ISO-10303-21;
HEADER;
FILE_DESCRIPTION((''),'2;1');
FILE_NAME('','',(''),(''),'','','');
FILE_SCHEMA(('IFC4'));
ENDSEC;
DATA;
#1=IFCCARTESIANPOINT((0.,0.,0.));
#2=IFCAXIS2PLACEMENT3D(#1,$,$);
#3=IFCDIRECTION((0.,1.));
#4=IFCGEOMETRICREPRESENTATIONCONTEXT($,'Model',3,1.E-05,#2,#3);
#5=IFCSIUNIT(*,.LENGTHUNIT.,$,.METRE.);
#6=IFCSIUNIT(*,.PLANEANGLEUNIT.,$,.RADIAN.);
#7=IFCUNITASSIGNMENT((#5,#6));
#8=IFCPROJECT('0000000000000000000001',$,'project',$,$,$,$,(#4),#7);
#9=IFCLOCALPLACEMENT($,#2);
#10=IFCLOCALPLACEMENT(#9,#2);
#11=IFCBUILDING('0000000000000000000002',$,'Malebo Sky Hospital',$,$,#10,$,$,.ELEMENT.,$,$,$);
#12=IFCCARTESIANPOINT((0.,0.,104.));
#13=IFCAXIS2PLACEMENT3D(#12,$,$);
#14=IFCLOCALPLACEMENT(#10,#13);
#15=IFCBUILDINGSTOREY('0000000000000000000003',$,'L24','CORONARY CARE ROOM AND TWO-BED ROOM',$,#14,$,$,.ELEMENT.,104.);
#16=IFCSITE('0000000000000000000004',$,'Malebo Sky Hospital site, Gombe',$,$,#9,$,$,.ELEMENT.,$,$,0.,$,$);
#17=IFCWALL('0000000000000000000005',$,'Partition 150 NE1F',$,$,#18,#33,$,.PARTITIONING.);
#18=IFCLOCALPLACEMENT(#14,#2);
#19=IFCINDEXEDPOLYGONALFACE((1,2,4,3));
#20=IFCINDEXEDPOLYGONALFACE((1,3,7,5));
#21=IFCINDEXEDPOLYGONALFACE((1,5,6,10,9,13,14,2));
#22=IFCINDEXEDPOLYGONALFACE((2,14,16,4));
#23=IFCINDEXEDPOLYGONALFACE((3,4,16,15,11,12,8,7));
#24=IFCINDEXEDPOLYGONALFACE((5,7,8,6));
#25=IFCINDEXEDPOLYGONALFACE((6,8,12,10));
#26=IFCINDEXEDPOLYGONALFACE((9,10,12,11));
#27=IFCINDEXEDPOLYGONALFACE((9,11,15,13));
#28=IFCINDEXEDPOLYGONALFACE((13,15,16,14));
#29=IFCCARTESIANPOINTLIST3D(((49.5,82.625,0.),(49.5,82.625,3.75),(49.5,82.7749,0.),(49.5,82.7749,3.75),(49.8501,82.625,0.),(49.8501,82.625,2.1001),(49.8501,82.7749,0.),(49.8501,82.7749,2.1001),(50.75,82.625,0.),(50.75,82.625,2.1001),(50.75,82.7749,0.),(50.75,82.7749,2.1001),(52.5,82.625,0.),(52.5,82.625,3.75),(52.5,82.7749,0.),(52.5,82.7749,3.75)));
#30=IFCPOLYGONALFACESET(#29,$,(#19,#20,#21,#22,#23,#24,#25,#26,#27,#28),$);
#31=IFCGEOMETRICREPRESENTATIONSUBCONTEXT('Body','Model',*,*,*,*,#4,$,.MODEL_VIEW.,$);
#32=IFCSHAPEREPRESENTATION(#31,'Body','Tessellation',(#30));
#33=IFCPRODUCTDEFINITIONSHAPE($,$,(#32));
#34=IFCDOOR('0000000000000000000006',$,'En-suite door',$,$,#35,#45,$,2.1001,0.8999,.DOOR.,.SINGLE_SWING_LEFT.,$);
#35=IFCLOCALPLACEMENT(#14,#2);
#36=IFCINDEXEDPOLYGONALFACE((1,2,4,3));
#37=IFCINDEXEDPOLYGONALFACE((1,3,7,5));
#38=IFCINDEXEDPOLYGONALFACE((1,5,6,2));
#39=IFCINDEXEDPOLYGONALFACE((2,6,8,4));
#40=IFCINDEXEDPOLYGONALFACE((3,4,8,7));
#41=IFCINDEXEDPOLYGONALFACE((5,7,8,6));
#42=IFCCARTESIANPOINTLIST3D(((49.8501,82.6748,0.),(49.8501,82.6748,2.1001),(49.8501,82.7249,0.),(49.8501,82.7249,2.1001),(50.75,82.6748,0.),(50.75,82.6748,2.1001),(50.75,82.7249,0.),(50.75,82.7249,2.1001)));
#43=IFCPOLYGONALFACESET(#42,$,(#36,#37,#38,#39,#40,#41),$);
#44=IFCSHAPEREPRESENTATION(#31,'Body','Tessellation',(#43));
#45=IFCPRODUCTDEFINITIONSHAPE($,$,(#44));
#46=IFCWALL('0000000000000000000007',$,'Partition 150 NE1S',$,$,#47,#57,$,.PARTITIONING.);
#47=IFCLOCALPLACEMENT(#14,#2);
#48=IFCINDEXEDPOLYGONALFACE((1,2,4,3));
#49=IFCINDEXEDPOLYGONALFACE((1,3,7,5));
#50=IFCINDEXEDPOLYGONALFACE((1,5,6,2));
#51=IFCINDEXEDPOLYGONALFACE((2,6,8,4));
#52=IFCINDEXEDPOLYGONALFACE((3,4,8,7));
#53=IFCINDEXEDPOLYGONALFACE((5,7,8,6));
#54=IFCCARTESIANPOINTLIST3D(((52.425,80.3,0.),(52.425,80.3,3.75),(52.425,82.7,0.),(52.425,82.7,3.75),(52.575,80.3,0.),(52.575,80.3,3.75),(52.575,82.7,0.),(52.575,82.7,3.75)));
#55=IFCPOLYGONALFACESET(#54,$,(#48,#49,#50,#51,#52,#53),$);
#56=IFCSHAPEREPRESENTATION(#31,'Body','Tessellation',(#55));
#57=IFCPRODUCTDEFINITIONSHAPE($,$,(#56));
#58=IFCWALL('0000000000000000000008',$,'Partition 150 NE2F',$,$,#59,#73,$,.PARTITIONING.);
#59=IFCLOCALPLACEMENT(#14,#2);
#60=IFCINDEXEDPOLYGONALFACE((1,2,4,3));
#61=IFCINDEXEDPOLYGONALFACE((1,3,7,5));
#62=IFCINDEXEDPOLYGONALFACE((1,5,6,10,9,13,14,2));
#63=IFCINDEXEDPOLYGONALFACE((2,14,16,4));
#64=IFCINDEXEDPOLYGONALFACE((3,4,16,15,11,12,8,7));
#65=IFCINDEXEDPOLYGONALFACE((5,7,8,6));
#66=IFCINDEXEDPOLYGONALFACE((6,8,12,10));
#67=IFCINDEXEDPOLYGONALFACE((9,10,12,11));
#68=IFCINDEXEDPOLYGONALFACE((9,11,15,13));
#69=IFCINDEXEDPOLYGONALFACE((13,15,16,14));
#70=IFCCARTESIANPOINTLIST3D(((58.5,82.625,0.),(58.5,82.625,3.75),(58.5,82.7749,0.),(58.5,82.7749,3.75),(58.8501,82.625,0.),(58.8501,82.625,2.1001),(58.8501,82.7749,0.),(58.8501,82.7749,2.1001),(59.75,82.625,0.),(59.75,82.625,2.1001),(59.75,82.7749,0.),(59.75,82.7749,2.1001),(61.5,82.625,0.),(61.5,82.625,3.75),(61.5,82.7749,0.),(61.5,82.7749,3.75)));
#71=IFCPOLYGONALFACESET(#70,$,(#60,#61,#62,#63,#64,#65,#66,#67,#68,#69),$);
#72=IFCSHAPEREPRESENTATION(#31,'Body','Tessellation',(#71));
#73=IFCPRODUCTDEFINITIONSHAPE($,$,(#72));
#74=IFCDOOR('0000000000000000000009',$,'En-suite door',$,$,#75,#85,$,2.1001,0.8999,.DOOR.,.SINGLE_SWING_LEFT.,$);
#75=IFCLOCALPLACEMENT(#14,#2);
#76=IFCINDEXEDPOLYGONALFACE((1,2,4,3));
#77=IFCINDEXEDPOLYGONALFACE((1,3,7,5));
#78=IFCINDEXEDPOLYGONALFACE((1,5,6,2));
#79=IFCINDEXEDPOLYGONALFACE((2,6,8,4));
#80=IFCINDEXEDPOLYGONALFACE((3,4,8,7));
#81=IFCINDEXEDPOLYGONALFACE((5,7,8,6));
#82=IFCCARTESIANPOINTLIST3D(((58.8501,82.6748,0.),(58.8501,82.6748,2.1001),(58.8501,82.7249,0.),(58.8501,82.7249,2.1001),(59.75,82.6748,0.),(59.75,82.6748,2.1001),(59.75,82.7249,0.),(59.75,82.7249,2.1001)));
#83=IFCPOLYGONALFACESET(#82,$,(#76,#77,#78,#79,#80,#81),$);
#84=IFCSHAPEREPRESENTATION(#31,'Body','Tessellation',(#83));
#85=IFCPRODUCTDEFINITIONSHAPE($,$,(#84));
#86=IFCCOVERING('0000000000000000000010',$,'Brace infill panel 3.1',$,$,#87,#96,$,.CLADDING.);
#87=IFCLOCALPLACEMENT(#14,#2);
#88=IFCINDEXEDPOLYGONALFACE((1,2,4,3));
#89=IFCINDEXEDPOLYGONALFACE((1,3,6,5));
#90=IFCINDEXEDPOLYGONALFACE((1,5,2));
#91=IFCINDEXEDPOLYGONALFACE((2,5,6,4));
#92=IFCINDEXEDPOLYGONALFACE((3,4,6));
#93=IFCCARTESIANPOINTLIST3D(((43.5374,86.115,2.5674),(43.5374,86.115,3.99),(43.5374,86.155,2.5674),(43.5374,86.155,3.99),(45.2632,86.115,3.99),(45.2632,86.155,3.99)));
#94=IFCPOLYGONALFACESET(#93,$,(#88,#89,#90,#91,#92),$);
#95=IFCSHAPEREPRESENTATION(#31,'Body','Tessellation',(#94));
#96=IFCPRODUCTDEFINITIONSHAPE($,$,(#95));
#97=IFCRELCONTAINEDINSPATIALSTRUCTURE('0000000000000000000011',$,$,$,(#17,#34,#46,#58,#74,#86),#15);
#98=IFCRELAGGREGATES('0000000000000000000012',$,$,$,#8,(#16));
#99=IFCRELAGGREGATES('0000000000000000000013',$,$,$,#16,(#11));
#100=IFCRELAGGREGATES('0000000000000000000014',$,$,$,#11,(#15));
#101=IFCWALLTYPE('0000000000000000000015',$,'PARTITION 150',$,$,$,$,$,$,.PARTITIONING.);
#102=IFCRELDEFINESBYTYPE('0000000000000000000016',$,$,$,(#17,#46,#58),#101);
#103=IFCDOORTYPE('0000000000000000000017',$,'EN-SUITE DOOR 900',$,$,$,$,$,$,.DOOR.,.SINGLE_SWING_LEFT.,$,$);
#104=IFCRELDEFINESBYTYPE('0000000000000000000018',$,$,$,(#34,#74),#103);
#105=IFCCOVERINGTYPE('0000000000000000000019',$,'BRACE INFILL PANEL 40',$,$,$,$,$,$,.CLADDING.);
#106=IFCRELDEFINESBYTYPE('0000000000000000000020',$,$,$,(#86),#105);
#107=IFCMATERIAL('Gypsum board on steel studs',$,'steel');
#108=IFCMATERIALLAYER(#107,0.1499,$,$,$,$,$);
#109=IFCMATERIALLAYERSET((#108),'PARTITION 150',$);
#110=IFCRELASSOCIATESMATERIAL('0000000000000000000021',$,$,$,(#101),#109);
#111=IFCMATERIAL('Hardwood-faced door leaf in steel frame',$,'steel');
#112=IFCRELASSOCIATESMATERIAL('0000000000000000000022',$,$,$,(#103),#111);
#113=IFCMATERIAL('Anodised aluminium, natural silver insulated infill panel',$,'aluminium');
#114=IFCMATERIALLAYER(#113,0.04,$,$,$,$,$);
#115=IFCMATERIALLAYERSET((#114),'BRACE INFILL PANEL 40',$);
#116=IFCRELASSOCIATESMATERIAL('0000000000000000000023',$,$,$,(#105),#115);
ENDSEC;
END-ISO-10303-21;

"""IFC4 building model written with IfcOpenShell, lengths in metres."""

from ifc_helpers import new_model, si_unit, direction, frame, frame_2d, origin, place, context, subcontext, project, spatial, polyline, rectangle, outline, extrude, material, layer, layer_set, type_object, element, fill, save


model = new_model("IFC4")

# Units and contexts
model_context = context("Model", 3, precision=1e-05, world=origin(), true_north=direction((0.0, 1.0)))
body_context = subcontext(model_context, "Body", "Model", "MODEL_VIEW")
ifc_project = project(units=[si_unit("LENGTHUNIT", "METRE"), si_unit("PLANEANGLEUNIT", "RADIAN")], contexts=[model_context])

# Site, building, storey
site_placement = place(None, origin())
site = spatial("IfcSite", under=ifc_project, at=site_placement, Name="Malebo Sky Hospital site, Gombe", CompositionType="ELEMENT", RefElevation=0.0)
building_placement = place(site_placement, origin())
building = spatial("IfcBuilding", under=site, at=building_placement, Name="Malebo Sky Hospital", CompositionType="ELEMENT")
storey_placement = place(building_placement, frame((0.0, 0.0, 104.0)))
storey = spatial("IfcBuildingStorey", under=building, at=storey_placement, Name="L24", Description="CORONARY CARE ROOM AND TWO-BED ROOM", CompositionType="ELEMENT", Elevation=104.0)

# Shared definitions
ifc_material_1 = material(Name="Gypsum board on steel studs", Category="steel")
ifc_layer_1 = layer(ifc_material_1, 0.1499)
ifc_layer_set_1 = layer_set([ifc_layer_1], Name="PARTITION 150")
wall_type = type_object("IfcWallType", Name="PARTITION 150", PredefinedType="PARTITIONING", material=ifc_layer_set_1)

# Wall, opening, door
wall_1_placement = place(storey_placement, frame((49.5, 82.7, 0.0), z_axis=(0.0, 0.0, 1.0), x_axis=(1.0, 0.0, 0.0)))
wall_1 = element("IfcWall", 1, at=wall_1_placement, inside=storey, type_object=wall_type, Name="Partition 150 NE1F", PredefinedType="PARTITIONING", context=body_context, shape_type="SweptSolid", body=[
    extrude(rectangle(XDim=3.0, YDim=0.1499, at=frame_2d((1.5, 0.0))), origin(), (0.0, 0.0, 1.0), 3.75),
])
opening_1_placement = place(wall_1_placement, frame((0.3501, 0.0, 0.0)))
opening_1 = element("IfcOpeningElement", 2, at=opening_1_placement, cuts=wall_1, PredefinedType="OPENING", context=body_context, shape_type="SweptSolid", body=[
    extrude(rectangle(XDim=0.8999, YDim=2.1001, at=frame_2d((0.45, 1.05))), frame((0.0, 0.085, 0.0), z_axis=(0.0, -1.0, 0.0), x_axis=(1.0, 0.0, 0.0)), (0.0, 0.0, 1.0), 0.1699),
])
ifc_material_2 = material(Name="Hardwood-faced door leaf in steel frame", Category="steel")
door_type = type_object("IfcDoorType", Name="EN-SUITE DOOR 900", OperationType="SINGLE_SWING_LEFT", PredefinedType="DOOR", material=ifc_material_2)
door_1_placement = place(opening_1_placement, origin())
door_1 = element("IfcDoor", 3, at=door_1_placement, inside=storey, type_object=door_type, Name="En-suite door", OperationType="SINGLE_SWING_LEFT", OverallHeight=2.1001, OverallWidth=0.8999, PredefinedType="DOOR", context=body_context, shape_type="SweptSolid", body=[
    extrude(rectangle(XDim=0.8999, YDim=2.1001, at=frame_2d((0.45, 1.05))), frame((0.0, 0.0249, 0.0), z_axis=(0.0, -1.0, 0.0), x_axis=(1.0, 0.0, 0.0)), (0.0, 0.0, 1.0), 0.05),
])
fill(opening_1, door_1)

# Wall
wall_2_placement = place(storey_placement, frame((52.5, 80.3, 0.0), z_axis=(0.0, 0.0, 1.0), x_axis=(0.0, 1.0, 0.0)))
element("IfcWall", 4, at=wall_2_placement, inside=storey, type_object=wall_type, Name="Partition 150 NE1S", PredefinedType="PARTITIONING", context=body_context, shape_type="SweptSolid", body=[
    extrude(rectangle(XDim=2.3999, YDim=0.1499, at=frame_2d((1.2, 0.0))), origin(), (0.0, 0.0, 1.0), 3.75),
])

# Wall, opening, door
wall_3_placement = place(storey_placement, frame((58.5, 82.7, 0.0), z_axis=(0.0, 0.0, 1.0), x_axis=(1.0, 0.0, 0.0)))
wall_3 = element("IfcWall", 5, at=wall_3_placement, inside=storey, type_object=wall_type, Name="Partition 150 NE2F", PredefinedType="PARTITIONING", context=body_context, shape_type="SweptSolid", body=[
    extrude(rectangle(XDim=3.0, YDim=0.1499, at=frame_2d((1.5, 0.0))), origin(), (0.0, 0.0, 1.0), 3.75),
])
opening_2_placement = place(wall_3_placement, frame((0.3501, 0.0, 0.0)))
opening_2 = element("IfcOpeningElement", 6, at=opening_2_placement, cuts=wall_3, PredefinedType="OPENING", context=body_context, shape_type="SweptSolid", body=[
    extrude(rectangle(XDim=0.8999, YDim=2.1001, at=frame_2d((0.45, 1.05))), frame((0.0, 0.085, 0.0), z_axis=(0.0, -1.0, 0.0), x_axis=(1.0, 0.0, 0.0)), (0.0, 0.0, 1.0), 0.1699),
])
door_2_placement = place(opening_2_placement, origin())
door_2 = element("IfcDoor", 7, at=door_2_placement, inside=storey, type_object=door_type, Name="En-suite door", OperationType="SINGLE_SWING_LEFT", OverallHeight=2.1001, OverallWidth=0.8999, PredefinedType="DOOR", context=body_context, shape_type="SweptSolid", body=[
    extrude(rectangle(XDim=0.8999, YDim=2.1001, at=frame_2d((0.45, 1.05))), frame((0.0, 0.0249, 0.0), z_axis=(0.0, -1.0, 0.0), x_axis=(1.0, 0.0, 0.0)), (0.0, 0.0, 1.0), 0.05),
])
fill(opening_2, door_2)

# Covering
ifc_material_3 = material(Name="Anodised aluminium, natural silver insulated infill panel", Category="aluminium")
ifc_layer_2 = layer(ifc_material_3, 0.04)
ifc_layer_set_2 = layer_set([ifc_layer_2], Name="BRACE INFILL PANEL 40")
covering_type = type_object("IfcCoveringType", Name="BRACE INFILL PANEL 40", PredefinedType="CLADDING", material=ifc_layer_set_2)
covering_placement = place(storey_placement, frame((44.4004, 86.135, 2.5674), z_axis=(0.0, 0.0, 1.0), x_axis=(1.0, 0.0, 0.0)))
element("IfcCovering", 8, at=covering_placement, inside=storey, type_object=covering_type, Name="Brace infill panel 3.1", PredefinedType="CLADDING", context=body_context, shape_type="SweptSolid", body=[
    extrude(outline(polyline([(-0.863, 0.0), (0.8628, 1.4226), (-0.863, 1.4226), (-0.863, 0.0)])), frame((0.0, 0.02, 0.0), z_axis=(0.0, -1.0, 0.0), x_axis=(1.0, 0.0, 0.0)), (0.0, 0.0, 1.0), 0.04),
])

save(model, "model.ifc")
